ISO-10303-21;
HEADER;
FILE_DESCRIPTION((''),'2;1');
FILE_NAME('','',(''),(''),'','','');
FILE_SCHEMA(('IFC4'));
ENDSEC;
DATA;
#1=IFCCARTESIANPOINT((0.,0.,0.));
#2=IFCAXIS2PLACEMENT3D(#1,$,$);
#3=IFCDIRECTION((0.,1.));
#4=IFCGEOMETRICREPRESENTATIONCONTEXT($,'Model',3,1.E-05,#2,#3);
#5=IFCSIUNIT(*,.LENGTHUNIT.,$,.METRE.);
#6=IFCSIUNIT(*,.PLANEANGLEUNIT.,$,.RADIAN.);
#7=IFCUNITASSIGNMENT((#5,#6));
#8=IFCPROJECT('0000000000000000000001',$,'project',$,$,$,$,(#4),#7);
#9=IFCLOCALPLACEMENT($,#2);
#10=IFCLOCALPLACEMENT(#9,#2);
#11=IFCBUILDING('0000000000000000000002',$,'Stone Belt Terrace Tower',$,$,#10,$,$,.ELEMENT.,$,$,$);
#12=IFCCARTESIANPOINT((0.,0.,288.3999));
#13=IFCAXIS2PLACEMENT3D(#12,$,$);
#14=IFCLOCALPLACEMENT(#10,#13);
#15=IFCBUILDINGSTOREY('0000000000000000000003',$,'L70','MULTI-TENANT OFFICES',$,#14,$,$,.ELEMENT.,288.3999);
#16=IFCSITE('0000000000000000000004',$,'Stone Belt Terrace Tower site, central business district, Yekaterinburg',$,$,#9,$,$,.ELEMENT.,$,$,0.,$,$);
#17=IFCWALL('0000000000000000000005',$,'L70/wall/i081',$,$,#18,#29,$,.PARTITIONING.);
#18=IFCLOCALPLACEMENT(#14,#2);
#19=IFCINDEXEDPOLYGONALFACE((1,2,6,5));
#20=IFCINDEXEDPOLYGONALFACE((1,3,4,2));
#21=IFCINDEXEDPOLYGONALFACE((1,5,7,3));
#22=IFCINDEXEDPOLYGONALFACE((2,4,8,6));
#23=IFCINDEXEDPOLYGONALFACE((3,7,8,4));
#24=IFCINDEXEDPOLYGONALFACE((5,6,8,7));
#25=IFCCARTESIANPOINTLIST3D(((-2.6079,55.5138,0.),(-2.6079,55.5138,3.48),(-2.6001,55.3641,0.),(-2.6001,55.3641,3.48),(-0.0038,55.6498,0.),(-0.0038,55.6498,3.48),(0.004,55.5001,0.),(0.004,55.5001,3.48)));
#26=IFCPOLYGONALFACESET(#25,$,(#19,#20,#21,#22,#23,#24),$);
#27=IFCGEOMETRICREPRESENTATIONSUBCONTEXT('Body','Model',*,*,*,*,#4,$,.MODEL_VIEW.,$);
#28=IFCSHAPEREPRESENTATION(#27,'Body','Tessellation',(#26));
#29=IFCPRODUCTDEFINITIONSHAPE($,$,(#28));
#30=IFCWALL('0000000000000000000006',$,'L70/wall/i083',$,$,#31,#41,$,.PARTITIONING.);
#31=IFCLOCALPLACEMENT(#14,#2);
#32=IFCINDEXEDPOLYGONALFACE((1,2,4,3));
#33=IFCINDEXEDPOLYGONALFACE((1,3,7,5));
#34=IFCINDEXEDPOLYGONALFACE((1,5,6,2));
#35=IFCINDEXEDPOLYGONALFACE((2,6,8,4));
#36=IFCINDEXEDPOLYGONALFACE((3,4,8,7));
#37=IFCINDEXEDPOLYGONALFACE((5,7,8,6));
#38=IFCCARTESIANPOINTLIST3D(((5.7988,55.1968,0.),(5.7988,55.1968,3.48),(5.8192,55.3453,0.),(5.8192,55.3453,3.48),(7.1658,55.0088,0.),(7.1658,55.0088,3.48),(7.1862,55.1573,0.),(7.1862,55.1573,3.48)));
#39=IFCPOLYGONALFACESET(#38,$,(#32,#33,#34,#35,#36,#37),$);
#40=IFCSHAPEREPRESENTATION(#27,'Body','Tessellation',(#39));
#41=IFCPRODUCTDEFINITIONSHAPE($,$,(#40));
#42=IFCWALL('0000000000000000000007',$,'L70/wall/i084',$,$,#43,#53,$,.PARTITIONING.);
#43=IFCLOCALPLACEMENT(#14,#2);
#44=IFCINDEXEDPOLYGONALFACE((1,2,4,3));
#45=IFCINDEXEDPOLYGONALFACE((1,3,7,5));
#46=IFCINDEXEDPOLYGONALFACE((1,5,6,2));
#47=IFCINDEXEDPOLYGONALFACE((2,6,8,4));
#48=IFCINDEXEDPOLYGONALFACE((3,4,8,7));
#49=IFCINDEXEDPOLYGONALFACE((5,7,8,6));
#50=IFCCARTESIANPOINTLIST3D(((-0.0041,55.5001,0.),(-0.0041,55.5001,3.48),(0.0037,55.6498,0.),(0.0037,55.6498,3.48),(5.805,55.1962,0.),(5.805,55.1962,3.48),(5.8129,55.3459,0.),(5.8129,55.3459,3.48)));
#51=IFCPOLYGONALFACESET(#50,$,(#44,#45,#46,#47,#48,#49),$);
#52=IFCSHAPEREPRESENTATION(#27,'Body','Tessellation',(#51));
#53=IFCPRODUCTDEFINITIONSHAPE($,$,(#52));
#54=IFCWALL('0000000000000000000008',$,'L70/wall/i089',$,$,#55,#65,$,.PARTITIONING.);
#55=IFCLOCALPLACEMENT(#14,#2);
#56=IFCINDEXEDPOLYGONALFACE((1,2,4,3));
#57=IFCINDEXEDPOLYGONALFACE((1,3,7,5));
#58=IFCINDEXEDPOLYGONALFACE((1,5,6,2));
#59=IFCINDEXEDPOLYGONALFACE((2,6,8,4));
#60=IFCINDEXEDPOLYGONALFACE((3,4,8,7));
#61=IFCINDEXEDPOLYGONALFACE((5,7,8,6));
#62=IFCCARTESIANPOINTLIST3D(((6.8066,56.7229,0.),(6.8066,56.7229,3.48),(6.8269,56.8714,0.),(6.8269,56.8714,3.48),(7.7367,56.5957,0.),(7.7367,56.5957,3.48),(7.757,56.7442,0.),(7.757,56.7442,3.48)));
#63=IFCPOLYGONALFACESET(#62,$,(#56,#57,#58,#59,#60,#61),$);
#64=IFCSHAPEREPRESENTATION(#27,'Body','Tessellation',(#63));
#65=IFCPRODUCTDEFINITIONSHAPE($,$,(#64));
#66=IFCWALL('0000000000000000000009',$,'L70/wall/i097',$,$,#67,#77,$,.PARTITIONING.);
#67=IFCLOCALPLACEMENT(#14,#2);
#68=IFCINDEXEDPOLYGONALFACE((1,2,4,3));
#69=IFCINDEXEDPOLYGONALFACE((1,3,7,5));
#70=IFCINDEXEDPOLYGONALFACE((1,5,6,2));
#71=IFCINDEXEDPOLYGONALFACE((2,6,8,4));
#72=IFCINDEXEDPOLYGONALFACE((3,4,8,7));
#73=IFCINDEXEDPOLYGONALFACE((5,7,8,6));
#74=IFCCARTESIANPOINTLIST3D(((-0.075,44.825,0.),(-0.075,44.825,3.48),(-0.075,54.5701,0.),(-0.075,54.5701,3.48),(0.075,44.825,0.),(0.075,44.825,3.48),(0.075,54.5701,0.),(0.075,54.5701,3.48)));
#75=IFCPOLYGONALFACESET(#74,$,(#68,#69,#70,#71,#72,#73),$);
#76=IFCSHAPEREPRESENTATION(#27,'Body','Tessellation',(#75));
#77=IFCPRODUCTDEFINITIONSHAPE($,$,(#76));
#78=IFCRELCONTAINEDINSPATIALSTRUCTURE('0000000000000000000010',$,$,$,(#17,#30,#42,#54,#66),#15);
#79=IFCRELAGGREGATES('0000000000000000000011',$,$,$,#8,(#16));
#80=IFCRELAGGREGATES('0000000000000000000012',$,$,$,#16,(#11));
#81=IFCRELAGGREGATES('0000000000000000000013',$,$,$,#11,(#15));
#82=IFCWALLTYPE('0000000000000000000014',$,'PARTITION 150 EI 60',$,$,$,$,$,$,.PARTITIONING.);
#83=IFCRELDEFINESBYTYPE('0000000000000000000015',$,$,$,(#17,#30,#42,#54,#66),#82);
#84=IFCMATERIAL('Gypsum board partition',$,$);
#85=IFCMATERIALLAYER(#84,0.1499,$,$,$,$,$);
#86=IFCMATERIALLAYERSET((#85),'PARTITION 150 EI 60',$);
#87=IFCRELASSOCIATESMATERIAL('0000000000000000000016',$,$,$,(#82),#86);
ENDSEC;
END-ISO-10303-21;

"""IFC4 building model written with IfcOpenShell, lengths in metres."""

from ifc_helpers import new_model, si_unit, direction, frame, frame_2d, origin, place, context, subcontext, project, spatial, rectangle, extrude, material, layer, layer_set, type_object, element, save


model = new_model("IFC4")

# Units and contexts
model_context = context("Model", 3, precision=1e-05, world=origin(), true_north=direction((0.0, 1.0)))
body_context = subcontext(model_context, "Body", "Model", "MODEL_VIEW")
ifc_project = project(units=[si_unit("LENGTHUNIT", "METRE"), si_unit("PLANEANGLEUNIT", "RADIAN")], contexts=[model_context])

# Site, building, storey
site_placement = place(None, origin())
site = spatial("IfcSite", under=ifc_project, at=site_placement, Name="Stone Belt Terrace Tower site, central business district, Yekaterinburg", CompositionType="ELEMENT", RefElevation=0.0)
building_placement = place(site_placement, origin())
building = spatial("IfcBuilding", under=site, at=building_placement, Name="Stone Belt Terrace Tower", CompositionType="ELEMENT")
storey_placement = place(building_placement, frame((0.0, 0.0, 288.3999)))
storey = spatial("IfcBuildingStorey", under=building, at=storey_placement, Name="L70", Description="MULTI-TENANT OFFICES", CompositionType="ELEMENT", Elevation=288.3999)

# Shared definitions
ifc_material_1 = material(Name="Gypsum board partition")
ifc_layer_1 = layer(ifc_material_1, 0.1499)
ifc_layer_set_1 = layer_set([ifc_layer_1], Name="PARTITION 150 EI 60")
wall_type_1 = type_object("IfcWallType", Name="PARTITION 150 EI 60", PredefinedType="PARTITIONING", material=ifc_layer_set_1)

# Walls
wall_1_placement = place(storey_placement, frame((0.0, 55.575, 0.0), z_axis=(0.0, 0.0, 1.0), x_axis=(-0.998639, -0.052151, 0.0)))
element("IfcWall", 1, at=wall_1_placement, inside=storey, type_object=wall_type_1, Name="L70/wall/i081", PredefinedType="PARTITIONING", context=body_context, shape_type="SweptSolid", body=[
    extrude(rectangle(XDim=2.6077, YDim=0.1499, at=frame_2d((1.3037, 0.0))), origin(), (0.0, 0.0, 1.0), 3.48),
])
wall_2_placement = place(storey_placement, frame((7.176, 55.083, 0.0), z_axis=(0.0, 0.0, 1.0), x_axis=(-0.990676, 0.136242, 0.0)))
element("IfcWall", 2, at=wall_2_placement, inside=storey, type_object=wall_type_1, Name="L70/wall/i083", PredefinedType="PARTITIONING", context=body_context, shape_type="SweptSolid", body=[
    extrude(rectangle(XDim=1.3799, YDim=0.1499, at=frame_2d((0.6899, 0.0))), origin(), (0.0, 0.0, 1.0), 3.48),
])
wall_3_placement = place(storey_placement, frame((5.8091, 55.271, 0.0), z_axis=(0.0, 0.0, 1.0), x_axis=(-0.998634, 0.052253, 0.0)))
element("IfcWall", 3, at=wall_3_placement, inside=storey, type_object=wall_type_1, Name="L70/wall/i084", PredefinedType="PARTITIONING", context=body_context, shape_type="SweptSolid", body=[
    extrude(rectangle(XDim=5.8171, YDim=0.1499, at=frame_2d((2.9087, 0.0))), origin(), (0.0, 0.0, 1.0), 3.48),
])
wall_4_placement = place(storey_placement, frame((6.8169, 56.7971, 0.0), z_axis=(0.0, 0.0, 1.0), x_axis=(0.990779, -0.135485, 0.0)))
element("IfcWall", 4, at=wall_4_placement, inside=storey, type_object=wall_type_1, Name="L70/wall/i089", PredefinedType="PARTITIONING", context=body_context, shape_type="SweptSolid", body=[
    extrude(rectangle(XDim=0.9387, YDim=0.1499, at=frame_2d((0.4692, 0.0))), origin(), (0.0, 0.0, 1.0), 3.48),
])
wall_5_placement = place(storey_placement, frame((0.0, 54.5701, 0.0), z_axis=(0.0, 0.0, 1.0), x_axis=(0.0, -1.0, 0.0)))
element("IfcWall", 5, at=wall_5_placement, inside=storey, type_object=wall_type_1, Name="L70/wall/i097", PredefinedType="PARTITIONING", context=body_context, shape_type="SweptSolid", body=[
    extrude(rectangle(XDim=9.7451, YDim=0.1499, at=frame_2d((4.8726, 0.0))), origin(), (0.0, 0.0, 1.0), 3.48),
])

save(model, "model.ifc")
